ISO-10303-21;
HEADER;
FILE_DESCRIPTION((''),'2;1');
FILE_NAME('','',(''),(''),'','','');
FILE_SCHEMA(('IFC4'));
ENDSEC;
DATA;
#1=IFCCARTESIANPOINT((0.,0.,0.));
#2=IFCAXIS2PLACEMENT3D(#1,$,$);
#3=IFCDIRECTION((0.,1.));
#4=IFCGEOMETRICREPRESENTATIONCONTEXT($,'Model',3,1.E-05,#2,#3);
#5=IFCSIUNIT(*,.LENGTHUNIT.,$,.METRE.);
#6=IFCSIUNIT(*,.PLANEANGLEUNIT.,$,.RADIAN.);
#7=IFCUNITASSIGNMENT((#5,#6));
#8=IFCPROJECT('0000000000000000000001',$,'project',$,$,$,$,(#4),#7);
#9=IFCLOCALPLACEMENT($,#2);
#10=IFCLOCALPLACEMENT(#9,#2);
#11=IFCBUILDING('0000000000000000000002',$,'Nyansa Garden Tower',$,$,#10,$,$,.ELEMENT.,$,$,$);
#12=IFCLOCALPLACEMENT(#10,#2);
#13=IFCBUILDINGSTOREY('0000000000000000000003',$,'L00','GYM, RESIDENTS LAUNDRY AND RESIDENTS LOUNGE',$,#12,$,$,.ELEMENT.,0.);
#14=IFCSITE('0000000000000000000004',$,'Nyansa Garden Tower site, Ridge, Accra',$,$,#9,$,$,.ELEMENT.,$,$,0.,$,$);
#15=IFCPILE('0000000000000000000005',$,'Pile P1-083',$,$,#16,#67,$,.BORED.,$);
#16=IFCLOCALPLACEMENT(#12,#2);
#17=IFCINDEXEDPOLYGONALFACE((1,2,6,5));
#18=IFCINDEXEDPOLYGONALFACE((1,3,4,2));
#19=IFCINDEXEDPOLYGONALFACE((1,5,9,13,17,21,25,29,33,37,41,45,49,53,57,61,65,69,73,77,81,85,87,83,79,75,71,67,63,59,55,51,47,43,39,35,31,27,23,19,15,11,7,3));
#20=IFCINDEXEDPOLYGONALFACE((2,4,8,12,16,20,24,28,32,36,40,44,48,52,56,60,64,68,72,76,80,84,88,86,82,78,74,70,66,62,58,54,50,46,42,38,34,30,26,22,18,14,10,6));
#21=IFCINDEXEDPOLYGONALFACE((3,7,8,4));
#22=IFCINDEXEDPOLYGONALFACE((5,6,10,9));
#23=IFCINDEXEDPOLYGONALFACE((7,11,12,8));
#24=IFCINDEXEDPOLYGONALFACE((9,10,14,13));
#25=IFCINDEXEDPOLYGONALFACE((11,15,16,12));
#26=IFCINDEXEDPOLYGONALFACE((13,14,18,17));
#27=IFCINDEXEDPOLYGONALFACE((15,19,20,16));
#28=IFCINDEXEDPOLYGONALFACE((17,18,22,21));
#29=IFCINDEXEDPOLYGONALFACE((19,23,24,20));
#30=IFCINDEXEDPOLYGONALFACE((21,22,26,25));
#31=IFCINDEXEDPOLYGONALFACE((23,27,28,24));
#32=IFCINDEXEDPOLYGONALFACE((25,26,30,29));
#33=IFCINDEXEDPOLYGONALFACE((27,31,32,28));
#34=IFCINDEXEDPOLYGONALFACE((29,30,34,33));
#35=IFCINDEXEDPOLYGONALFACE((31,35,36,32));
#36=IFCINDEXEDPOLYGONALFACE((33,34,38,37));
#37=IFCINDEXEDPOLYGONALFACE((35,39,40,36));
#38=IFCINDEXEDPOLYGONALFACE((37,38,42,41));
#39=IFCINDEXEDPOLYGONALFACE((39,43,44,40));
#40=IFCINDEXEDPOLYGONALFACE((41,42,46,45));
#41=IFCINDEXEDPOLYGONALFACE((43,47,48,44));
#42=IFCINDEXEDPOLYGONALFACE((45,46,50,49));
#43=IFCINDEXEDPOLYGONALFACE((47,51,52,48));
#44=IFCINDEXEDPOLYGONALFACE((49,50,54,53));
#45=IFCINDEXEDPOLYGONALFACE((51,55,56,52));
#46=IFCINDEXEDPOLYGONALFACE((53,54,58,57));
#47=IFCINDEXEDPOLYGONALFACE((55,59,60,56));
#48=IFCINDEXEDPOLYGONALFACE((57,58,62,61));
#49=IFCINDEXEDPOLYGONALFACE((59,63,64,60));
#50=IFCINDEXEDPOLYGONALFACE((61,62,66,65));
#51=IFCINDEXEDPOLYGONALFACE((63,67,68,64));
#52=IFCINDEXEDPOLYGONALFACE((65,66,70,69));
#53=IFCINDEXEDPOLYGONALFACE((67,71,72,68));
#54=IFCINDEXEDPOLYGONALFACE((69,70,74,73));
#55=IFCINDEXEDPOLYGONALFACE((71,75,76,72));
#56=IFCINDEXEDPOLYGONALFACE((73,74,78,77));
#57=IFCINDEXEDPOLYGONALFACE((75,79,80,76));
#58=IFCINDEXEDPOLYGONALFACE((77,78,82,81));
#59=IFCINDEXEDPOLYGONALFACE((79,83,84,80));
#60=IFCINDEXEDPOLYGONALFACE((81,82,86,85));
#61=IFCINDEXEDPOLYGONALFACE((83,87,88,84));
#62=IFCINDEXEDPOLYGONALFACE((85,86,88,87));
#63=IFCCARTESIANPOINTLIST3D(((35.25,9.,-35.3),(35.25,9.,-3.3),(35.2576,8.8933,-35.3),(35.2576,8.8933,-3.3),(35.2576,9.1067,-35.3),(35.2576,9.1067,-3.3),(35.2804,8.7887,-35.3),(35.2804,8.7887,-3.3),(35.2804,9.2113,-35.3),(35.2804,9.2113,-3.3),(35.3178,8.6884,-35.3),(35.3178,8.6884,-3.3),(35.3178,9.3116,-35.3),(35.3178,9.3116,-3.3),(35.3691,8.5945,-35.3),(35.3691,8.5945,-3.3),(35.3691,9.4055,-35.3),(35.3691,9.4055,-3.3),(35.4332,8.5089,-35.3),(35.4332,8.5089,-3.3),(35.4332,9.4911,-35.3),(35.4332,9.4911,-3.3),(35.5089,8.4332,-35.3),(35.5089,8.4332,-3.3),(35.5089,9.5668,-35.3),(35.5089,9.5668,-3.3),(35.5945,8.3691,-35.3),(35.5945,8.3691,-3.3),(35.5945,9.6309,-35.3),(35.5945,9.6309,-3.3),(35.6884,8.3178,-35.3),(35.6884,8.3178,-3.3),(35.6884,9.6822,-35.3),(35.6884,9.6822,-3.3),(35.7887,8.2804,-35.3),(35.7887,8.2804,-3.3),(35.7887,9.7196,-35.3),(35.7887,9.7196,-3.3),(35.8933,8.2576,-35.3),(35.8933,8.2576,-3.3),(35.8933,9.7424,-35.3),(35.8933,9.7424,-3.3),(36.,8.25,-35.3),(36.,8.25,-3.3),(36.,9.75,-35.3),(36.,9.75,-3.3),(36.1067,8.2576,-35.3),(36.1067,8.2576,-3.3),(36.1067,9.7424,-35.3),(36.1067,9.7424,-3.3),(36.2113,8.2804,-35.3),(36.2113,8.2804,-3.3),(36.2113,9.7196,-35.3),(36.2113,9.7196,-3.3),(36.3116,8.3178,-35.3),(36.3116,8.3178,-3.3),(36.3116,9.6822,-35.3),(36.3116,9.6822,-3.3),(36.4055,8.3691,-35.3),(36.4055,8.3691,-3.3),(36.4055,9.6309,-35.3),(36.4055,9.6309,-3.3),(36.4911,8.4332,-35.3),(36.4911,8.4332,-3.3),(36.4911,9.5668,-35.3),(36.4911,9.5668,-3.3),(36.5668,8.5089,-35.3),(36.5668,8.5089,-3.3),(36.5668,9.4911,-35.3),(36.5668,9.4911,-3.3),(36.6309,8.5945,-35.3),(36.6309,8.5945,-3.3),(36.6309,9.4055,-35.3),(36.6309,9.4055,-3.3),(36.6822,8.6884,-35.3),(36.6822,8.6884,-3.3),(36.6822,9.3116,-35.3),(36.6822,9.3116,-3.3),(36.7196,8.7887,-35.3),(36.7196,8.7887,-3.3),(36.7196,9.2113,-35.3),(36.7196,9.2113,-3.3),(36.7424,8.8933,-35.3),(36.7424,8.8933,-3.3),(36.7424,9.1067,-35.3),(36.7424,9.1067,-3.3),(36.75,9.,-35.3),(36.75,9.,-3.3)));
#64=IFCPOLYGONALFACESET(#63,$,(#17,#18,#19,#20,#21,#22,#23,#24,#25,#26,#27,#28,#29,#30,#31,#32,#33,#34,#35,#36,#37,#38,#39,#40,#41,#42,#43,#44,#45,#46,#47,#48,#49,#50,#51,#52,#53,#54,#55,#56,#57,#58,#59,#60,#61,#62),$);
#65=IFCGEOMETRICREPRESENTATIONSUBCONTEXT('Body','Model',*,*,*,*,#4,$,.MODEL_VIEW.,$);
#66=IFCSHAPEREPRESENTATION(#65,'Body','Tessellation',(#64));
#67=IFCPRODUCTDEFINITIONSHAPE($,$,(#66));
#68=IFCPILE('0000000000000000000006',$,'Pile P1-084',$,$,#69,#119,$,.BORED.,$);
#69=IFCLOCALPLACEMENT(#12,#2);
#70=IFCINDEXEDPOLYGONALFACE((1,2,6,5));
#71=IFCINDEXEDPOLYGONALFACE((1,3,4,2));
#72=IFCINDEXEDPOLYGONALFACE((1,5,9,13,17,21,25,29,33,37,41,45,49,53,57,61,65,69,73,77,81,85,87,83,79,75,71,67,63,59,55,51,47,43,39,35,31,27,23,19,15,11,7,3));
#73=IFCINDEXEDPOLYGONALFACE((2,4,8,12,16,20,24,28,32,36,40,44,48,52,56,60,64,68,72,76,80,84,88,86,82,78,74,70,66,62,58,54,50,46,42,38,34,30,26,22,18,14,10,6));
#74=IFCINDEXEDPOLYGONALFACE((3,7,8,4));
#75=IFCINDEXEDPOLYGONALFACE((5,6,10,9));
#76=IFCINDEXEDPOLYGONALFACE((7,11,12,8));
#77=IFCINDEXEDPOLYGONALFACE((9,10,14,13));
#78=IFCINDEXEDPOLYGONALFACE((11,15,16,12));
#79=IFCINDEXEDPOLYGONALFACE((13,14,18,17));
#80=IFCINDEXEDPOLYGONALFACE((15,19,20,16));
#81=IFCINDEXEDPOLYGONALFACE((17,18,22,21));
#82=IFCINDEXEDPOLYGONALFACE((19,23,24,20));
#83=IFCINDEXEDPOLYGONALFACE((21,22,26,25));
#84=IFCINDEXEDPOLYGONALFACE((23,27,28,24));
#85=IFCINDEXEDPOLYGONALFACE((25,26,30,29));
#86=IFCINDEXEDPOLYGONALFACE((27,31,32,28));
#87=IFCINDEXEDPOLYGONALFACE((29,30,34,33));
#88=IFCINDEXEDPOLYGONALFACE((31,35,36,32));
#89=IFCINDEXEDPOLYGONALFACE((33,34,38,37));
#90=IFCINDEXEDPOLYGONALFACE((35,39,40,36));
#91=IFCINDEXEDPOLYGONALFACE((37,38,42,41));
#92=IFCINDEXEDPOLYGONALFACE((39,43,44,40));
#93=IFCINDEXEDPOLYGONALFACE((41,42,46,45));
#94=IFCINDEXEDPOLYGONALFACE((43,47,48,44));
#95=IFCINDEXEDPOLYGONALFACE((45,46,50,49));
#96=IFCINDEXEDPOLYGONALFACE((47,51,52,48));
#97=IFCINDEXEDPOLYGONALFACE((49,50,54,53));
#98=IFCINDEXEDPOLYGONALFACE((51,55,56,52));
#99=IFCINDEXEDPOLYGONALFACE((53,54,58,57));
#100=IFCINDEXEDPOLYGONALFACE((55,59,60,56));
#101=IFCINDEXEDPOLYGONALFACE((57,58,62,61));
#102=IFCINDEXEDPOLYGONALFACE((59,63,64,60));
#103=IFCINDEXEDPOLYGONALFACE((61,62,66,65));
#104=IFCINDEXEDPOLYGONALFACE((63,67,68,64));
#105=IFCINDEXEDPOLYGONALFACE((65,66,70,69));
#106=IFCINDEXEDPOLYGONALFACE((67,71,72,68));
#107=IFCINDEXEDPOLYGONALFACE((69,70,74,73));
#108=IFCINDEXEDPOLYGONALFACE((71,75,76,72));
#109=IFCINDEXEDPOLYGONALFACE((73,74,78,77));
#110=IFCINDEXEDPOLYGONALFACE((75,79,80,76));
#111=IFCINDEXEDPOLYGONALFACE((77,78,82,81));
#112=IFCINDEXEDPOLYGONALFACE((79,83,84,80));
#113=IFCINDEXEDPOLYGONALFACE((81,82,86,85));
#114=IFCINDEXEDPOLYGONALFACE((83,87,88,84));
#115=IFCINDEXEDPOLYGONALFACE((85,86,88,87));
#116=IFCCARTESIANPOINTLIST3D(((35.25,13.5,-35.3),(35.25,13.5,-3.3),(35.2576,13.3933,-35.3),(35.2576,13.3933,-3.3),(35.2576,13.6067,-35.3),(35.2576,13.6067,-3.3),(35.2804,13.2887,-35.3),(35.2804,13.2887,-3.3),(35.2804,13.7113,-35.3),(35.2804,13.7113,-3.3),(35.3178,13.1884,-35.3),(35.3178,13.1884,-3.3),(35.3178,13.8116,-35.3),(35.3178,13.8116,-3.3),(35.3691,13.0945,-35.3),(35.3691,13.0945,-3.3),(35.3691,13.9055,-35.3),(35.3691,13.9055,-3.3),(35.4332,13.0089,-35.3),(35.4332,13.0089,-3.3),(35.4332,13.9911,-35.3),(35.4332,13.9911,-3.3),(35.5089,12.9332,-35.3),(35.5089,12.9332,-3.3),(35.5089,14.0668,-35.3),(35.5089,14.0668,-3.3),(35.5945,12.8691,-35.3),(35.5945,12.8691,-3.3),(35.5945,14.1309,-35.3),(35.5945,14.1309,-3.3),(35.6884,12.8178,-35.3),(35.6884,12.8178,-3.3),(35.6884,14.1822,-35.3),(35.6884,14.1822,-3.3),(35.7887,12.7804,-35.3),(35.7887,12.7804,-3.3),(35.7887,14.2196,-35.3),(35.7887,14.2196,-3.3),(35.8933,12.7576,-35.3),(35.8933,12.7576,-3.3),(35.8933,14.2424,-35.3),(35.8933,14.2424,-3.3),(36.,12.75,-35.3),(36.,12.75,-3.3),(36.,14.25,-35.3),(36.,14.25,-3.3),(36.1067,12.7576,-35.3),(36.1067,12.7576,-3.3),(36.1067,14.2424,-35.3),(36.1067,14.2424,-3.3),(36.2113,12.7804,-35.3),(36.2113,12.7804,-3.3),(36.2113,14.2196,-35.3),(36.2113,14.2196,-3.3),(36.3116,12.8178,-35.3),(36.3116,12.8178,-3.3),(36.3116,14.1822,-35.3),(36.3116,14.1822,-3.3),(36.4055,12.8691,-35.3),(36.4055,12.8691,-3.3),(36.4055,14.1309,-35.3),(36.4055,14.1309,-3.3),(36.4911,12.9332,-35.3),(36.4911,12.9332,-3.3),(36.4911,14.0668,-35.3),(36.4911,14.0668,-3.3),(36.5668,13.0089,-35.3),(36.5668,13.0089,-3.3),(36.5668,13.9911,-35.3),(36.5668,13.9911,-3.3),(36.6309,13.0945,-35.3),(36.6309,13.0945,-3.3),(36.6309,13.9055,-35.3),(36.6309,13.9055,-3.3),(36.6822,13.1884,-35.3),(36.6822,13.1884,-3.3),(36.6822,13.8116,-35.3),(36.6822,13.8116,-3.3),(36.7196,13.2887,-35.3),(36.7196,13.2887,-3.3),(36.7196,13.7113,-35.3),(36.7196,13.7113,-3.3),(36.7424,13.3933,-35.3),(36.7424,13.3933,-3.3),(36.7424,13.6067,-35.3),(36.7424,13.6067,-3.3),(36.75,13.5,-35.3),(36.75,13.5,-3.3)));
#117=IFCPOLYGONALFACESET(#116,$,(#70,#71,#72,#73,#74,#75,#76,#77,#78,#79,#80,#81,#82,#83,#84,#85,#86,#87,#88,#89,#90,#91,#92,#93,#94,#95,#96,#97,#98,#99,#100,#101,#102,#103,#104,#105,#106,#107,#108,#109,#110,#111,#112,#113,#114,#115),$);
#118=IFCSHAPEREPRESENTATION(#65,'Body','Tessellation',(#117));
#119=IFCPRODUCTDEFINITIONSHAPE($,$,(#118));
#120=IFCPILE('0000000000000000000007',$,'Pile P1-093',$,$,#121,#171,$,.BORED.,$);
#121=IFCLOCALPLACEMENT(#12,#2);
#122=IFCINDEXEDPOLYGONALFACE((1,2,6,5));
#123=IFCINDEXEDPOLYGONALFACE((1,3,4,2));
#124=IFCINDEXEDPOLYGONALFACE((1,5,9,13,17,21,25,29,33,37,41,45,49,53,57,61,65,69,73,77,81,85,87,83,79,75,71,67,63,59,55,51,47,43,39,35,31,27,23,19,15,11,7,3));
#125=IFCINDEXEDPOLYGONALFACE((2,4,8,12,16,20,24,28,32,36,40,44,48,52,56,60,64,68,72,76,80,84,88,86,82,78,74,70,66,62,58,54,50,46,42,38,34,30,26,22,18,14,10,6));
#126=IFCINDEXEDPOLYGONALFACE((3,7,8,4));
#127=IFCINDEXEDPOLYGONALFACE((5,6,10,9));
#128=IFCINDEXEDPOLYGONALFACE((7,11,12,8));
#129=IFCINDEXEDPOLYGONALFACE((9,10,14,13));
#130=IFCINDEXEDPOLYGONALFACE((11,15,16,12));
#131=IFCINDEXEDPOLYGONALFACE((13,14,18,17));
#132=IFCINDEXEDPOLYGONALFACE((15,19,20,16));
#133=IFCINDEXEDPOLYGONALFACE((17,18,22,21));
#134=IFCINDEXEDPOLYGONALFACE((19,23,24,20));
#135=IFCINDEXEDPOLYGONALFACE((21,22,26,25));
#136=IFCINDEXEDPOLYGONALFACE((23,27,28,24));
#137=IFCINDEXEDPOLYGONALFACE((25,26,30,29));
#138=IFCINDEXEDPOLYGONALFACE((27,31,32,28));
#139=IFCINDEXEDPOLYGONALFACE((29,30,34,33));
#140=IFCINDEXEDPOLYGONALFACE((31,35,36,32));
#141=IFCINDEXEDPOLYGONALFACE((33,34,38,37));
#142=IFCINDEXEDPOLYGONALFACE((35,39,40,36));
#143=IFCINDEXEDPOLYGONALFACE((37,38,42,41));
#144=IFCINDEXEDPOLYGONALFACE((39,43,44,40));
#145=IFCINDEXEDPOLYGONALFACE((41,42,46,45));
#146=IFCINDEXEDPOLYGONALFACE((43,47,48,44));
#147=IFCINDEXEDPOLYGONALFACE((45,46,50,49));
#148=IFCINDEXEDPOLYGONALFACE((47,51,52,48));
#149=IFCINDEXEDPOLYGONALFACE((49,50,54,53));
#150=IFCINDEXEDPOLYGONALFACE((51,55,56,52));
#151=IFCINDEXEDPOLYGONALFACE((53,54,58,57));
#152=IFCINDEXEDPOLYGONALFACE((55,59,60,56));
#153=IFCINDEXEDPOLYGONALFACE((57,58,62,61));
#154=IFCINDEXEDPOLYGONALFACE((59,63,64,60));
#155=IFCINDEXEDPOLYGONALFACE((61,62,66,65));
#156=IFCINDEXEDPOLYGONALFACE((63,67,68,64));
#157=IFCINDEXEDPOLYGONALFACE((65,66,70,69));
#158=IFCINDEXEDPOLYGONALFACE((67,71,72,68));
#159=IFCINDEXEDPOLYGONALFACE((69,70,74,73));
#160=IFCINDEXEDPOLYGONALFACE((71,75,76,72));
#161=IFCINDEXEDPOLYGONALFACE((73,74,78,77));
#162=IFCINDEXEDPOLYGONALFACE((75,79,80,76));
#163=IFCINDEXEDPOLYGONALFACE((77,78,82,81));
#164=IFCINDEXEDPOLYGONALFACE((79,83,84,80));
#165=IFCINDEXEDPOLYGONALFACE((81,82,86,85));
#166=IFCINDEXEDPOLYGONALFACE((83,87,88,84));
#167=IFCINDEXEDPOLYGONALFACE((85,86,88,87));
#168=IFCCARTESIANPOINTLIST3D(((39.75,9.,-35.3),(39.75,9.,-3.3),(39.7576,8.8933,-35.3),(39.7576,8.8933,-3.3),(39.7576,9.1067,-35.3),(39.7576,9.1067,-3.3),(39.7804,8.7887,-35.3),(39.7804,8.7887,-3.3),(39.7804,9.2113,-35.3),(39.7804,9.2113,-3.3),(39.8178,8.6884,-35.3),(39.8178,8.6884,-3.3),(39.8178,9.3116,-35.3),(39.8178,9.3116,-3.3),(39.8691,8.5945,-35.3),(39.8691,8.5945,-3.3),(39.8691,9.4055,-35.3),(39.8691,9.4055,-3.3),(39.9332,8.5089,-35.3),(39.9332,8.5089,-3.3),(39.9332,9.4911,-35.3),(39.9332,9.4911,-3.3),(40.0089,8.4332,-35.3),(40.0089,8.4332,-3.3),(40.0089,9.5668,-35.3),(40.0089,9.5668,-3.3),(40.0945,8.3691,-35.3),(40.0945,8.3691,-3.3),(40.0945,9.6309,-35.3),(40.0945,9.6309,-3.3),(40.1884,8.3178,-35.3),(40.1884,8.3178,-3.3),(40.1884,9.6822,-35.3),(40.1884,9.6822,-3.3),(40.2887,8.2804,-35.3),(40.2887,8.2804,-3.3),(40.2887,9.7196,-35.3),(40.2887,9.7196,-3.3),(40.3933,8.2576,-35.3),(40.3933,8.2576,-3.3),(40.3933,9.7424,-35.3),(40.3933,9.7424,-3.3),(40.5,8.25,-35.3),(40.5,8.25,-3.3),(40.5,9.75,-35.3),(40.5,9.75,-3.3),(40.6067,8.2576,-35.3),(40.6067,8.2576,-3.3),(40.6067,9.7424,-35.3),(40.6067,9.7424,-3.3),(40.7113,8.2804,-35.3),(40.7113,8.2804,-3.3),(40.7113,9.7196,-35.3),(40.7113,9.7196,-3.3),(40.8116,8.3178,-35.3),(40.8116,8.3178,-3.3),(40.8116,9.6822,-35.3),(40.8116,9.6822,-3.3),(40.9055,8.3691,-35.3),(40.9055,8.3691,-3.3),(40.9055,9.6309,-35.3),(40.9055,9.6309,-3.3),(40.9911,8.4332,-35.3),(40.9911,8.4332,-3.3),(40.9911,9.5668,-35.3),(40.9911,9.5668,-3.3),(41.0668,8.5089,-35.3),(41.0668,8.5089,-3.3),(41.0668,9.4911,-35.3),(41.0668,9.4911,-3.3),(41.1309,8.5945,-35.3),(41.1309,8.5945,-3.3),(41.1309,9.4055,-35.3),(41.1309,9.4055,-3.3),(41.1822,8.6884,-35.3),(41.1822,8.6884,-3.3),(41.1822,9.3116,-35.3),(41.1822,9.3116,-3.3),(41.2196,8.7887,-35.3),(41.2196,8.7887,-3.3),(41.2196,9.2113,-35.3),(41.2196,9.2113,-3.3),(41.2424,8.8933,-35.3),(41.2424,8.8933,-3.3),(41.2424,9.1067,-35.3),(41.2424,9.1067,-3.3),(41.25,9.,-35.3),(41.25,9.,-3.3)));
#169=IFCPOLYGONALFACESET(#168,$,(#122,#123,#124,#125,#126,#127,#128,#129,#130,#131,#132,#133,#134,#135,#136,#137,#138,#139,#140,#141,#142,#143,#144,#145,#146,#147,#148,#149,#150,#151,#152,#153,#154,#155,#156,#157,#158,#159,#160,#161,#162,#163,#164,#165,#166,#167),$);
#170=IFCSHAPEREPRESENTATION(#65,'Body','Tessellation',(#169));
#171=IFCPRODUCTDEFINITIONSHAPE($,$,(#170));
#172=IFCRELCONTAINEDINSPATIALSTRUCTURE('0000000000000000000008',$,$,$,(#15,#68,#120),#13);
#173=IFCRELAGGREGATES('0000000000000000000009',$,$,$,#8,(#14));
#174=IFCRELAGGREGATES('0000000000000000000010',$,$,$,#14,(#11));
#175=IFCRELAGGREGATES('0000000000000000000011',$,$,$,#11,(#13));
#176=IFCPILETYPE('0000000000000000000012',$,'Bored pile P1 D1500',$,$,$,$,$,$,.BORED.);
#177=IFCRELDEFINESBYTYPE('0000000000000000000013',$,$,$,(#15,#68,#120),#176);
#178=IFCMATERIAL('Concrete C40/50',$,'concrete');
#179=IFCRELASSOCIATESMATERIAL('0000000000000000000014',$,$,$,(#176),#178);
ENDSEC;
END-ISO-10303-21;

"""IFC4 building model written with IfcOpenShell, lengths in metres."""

from ifc_helpers import new_model, si_unit, direction, frame, origin, origin_2d, place, context, subcontext, project, spatial, circle, extrude, material, type_object, element, save


model = new_model("IFC4")

# Units and contexts
model_context = context("Model", 3, precision=1e-05, world=origin(), true_north=direction((0.0, 1.0)))
body_context = subcontext(model_context, "Body", "Model", "MODEL_VIEW")
ifc_project = project(units=[si_unit("LENGTHUNIT", "METRE"), si_unit("PLANEANGLEUNIT", "RADIAN")], contexts=[model_context])

# Site, building, storey
site_placement = place(None, origin())
site = spatial("IfcSite", under=ifc_project, at=site_placement, Name="Nyansa Garden Tower site, Ridge, Accra", CompositionType="ELEMENT", RefElevation=0.0)
building_placement = place(site_placement, origin())
building = spatial("IfcBuilding", under=site, at=building_placement, Name="Nyansa Garden Tower", CompositionType="ELEMENT")
storey_placement = place(building_placement, origin())
storey = spatial("IfcBuildingStorey", under=building, at=storey_placement, Name="L00", Description="GYM, RESIDENTS LAUNDRY AND RESIDENTS LOUNGE", CompositionType="ELEMENT", Elevation=0.0)

# Piles
ifc_material_1 = material(Name="Concrete C40/50", Category="concrete")
pile_type_1 = type_object("IfcPileType", Name="Bored pile P1 D1500", PredefinedType="BORED", material=ifc_material_1)
for number, where, z_axis, x_axis, name in (
    (1, (36.0, 9.0, -3.3), (0.0, 0.0, -1.0), (1.0, 0.0, 0.0), "Pile P1-083"),
    (2, (36.0, 13.5, -3.3), (0.0, 0.0, -1.0), (1.0, 0.0, 0.0), "Pile P1-084"),
    (3, (40.5, 9.0, -3.3), (0.0, 0.0, -1.0), (1.0, 0.0, 0.0), "Pile P1-093"),
):
    element("IfcPile", number, at=place(storey_placement, frame(where, z_axis=z_axis, x_axis=x_axis)), inside=storey, type_object=pile_type_1, Name=name, PredefinedType="BORED", context=body_context, shape_type="SweptSolid", body=[
        extrude(circle(Radius=0.75, at=origin_2d()), origin(), (0.0, 0.0, 1.0), 32.0),
    ])

save(model, "model.ifc")
